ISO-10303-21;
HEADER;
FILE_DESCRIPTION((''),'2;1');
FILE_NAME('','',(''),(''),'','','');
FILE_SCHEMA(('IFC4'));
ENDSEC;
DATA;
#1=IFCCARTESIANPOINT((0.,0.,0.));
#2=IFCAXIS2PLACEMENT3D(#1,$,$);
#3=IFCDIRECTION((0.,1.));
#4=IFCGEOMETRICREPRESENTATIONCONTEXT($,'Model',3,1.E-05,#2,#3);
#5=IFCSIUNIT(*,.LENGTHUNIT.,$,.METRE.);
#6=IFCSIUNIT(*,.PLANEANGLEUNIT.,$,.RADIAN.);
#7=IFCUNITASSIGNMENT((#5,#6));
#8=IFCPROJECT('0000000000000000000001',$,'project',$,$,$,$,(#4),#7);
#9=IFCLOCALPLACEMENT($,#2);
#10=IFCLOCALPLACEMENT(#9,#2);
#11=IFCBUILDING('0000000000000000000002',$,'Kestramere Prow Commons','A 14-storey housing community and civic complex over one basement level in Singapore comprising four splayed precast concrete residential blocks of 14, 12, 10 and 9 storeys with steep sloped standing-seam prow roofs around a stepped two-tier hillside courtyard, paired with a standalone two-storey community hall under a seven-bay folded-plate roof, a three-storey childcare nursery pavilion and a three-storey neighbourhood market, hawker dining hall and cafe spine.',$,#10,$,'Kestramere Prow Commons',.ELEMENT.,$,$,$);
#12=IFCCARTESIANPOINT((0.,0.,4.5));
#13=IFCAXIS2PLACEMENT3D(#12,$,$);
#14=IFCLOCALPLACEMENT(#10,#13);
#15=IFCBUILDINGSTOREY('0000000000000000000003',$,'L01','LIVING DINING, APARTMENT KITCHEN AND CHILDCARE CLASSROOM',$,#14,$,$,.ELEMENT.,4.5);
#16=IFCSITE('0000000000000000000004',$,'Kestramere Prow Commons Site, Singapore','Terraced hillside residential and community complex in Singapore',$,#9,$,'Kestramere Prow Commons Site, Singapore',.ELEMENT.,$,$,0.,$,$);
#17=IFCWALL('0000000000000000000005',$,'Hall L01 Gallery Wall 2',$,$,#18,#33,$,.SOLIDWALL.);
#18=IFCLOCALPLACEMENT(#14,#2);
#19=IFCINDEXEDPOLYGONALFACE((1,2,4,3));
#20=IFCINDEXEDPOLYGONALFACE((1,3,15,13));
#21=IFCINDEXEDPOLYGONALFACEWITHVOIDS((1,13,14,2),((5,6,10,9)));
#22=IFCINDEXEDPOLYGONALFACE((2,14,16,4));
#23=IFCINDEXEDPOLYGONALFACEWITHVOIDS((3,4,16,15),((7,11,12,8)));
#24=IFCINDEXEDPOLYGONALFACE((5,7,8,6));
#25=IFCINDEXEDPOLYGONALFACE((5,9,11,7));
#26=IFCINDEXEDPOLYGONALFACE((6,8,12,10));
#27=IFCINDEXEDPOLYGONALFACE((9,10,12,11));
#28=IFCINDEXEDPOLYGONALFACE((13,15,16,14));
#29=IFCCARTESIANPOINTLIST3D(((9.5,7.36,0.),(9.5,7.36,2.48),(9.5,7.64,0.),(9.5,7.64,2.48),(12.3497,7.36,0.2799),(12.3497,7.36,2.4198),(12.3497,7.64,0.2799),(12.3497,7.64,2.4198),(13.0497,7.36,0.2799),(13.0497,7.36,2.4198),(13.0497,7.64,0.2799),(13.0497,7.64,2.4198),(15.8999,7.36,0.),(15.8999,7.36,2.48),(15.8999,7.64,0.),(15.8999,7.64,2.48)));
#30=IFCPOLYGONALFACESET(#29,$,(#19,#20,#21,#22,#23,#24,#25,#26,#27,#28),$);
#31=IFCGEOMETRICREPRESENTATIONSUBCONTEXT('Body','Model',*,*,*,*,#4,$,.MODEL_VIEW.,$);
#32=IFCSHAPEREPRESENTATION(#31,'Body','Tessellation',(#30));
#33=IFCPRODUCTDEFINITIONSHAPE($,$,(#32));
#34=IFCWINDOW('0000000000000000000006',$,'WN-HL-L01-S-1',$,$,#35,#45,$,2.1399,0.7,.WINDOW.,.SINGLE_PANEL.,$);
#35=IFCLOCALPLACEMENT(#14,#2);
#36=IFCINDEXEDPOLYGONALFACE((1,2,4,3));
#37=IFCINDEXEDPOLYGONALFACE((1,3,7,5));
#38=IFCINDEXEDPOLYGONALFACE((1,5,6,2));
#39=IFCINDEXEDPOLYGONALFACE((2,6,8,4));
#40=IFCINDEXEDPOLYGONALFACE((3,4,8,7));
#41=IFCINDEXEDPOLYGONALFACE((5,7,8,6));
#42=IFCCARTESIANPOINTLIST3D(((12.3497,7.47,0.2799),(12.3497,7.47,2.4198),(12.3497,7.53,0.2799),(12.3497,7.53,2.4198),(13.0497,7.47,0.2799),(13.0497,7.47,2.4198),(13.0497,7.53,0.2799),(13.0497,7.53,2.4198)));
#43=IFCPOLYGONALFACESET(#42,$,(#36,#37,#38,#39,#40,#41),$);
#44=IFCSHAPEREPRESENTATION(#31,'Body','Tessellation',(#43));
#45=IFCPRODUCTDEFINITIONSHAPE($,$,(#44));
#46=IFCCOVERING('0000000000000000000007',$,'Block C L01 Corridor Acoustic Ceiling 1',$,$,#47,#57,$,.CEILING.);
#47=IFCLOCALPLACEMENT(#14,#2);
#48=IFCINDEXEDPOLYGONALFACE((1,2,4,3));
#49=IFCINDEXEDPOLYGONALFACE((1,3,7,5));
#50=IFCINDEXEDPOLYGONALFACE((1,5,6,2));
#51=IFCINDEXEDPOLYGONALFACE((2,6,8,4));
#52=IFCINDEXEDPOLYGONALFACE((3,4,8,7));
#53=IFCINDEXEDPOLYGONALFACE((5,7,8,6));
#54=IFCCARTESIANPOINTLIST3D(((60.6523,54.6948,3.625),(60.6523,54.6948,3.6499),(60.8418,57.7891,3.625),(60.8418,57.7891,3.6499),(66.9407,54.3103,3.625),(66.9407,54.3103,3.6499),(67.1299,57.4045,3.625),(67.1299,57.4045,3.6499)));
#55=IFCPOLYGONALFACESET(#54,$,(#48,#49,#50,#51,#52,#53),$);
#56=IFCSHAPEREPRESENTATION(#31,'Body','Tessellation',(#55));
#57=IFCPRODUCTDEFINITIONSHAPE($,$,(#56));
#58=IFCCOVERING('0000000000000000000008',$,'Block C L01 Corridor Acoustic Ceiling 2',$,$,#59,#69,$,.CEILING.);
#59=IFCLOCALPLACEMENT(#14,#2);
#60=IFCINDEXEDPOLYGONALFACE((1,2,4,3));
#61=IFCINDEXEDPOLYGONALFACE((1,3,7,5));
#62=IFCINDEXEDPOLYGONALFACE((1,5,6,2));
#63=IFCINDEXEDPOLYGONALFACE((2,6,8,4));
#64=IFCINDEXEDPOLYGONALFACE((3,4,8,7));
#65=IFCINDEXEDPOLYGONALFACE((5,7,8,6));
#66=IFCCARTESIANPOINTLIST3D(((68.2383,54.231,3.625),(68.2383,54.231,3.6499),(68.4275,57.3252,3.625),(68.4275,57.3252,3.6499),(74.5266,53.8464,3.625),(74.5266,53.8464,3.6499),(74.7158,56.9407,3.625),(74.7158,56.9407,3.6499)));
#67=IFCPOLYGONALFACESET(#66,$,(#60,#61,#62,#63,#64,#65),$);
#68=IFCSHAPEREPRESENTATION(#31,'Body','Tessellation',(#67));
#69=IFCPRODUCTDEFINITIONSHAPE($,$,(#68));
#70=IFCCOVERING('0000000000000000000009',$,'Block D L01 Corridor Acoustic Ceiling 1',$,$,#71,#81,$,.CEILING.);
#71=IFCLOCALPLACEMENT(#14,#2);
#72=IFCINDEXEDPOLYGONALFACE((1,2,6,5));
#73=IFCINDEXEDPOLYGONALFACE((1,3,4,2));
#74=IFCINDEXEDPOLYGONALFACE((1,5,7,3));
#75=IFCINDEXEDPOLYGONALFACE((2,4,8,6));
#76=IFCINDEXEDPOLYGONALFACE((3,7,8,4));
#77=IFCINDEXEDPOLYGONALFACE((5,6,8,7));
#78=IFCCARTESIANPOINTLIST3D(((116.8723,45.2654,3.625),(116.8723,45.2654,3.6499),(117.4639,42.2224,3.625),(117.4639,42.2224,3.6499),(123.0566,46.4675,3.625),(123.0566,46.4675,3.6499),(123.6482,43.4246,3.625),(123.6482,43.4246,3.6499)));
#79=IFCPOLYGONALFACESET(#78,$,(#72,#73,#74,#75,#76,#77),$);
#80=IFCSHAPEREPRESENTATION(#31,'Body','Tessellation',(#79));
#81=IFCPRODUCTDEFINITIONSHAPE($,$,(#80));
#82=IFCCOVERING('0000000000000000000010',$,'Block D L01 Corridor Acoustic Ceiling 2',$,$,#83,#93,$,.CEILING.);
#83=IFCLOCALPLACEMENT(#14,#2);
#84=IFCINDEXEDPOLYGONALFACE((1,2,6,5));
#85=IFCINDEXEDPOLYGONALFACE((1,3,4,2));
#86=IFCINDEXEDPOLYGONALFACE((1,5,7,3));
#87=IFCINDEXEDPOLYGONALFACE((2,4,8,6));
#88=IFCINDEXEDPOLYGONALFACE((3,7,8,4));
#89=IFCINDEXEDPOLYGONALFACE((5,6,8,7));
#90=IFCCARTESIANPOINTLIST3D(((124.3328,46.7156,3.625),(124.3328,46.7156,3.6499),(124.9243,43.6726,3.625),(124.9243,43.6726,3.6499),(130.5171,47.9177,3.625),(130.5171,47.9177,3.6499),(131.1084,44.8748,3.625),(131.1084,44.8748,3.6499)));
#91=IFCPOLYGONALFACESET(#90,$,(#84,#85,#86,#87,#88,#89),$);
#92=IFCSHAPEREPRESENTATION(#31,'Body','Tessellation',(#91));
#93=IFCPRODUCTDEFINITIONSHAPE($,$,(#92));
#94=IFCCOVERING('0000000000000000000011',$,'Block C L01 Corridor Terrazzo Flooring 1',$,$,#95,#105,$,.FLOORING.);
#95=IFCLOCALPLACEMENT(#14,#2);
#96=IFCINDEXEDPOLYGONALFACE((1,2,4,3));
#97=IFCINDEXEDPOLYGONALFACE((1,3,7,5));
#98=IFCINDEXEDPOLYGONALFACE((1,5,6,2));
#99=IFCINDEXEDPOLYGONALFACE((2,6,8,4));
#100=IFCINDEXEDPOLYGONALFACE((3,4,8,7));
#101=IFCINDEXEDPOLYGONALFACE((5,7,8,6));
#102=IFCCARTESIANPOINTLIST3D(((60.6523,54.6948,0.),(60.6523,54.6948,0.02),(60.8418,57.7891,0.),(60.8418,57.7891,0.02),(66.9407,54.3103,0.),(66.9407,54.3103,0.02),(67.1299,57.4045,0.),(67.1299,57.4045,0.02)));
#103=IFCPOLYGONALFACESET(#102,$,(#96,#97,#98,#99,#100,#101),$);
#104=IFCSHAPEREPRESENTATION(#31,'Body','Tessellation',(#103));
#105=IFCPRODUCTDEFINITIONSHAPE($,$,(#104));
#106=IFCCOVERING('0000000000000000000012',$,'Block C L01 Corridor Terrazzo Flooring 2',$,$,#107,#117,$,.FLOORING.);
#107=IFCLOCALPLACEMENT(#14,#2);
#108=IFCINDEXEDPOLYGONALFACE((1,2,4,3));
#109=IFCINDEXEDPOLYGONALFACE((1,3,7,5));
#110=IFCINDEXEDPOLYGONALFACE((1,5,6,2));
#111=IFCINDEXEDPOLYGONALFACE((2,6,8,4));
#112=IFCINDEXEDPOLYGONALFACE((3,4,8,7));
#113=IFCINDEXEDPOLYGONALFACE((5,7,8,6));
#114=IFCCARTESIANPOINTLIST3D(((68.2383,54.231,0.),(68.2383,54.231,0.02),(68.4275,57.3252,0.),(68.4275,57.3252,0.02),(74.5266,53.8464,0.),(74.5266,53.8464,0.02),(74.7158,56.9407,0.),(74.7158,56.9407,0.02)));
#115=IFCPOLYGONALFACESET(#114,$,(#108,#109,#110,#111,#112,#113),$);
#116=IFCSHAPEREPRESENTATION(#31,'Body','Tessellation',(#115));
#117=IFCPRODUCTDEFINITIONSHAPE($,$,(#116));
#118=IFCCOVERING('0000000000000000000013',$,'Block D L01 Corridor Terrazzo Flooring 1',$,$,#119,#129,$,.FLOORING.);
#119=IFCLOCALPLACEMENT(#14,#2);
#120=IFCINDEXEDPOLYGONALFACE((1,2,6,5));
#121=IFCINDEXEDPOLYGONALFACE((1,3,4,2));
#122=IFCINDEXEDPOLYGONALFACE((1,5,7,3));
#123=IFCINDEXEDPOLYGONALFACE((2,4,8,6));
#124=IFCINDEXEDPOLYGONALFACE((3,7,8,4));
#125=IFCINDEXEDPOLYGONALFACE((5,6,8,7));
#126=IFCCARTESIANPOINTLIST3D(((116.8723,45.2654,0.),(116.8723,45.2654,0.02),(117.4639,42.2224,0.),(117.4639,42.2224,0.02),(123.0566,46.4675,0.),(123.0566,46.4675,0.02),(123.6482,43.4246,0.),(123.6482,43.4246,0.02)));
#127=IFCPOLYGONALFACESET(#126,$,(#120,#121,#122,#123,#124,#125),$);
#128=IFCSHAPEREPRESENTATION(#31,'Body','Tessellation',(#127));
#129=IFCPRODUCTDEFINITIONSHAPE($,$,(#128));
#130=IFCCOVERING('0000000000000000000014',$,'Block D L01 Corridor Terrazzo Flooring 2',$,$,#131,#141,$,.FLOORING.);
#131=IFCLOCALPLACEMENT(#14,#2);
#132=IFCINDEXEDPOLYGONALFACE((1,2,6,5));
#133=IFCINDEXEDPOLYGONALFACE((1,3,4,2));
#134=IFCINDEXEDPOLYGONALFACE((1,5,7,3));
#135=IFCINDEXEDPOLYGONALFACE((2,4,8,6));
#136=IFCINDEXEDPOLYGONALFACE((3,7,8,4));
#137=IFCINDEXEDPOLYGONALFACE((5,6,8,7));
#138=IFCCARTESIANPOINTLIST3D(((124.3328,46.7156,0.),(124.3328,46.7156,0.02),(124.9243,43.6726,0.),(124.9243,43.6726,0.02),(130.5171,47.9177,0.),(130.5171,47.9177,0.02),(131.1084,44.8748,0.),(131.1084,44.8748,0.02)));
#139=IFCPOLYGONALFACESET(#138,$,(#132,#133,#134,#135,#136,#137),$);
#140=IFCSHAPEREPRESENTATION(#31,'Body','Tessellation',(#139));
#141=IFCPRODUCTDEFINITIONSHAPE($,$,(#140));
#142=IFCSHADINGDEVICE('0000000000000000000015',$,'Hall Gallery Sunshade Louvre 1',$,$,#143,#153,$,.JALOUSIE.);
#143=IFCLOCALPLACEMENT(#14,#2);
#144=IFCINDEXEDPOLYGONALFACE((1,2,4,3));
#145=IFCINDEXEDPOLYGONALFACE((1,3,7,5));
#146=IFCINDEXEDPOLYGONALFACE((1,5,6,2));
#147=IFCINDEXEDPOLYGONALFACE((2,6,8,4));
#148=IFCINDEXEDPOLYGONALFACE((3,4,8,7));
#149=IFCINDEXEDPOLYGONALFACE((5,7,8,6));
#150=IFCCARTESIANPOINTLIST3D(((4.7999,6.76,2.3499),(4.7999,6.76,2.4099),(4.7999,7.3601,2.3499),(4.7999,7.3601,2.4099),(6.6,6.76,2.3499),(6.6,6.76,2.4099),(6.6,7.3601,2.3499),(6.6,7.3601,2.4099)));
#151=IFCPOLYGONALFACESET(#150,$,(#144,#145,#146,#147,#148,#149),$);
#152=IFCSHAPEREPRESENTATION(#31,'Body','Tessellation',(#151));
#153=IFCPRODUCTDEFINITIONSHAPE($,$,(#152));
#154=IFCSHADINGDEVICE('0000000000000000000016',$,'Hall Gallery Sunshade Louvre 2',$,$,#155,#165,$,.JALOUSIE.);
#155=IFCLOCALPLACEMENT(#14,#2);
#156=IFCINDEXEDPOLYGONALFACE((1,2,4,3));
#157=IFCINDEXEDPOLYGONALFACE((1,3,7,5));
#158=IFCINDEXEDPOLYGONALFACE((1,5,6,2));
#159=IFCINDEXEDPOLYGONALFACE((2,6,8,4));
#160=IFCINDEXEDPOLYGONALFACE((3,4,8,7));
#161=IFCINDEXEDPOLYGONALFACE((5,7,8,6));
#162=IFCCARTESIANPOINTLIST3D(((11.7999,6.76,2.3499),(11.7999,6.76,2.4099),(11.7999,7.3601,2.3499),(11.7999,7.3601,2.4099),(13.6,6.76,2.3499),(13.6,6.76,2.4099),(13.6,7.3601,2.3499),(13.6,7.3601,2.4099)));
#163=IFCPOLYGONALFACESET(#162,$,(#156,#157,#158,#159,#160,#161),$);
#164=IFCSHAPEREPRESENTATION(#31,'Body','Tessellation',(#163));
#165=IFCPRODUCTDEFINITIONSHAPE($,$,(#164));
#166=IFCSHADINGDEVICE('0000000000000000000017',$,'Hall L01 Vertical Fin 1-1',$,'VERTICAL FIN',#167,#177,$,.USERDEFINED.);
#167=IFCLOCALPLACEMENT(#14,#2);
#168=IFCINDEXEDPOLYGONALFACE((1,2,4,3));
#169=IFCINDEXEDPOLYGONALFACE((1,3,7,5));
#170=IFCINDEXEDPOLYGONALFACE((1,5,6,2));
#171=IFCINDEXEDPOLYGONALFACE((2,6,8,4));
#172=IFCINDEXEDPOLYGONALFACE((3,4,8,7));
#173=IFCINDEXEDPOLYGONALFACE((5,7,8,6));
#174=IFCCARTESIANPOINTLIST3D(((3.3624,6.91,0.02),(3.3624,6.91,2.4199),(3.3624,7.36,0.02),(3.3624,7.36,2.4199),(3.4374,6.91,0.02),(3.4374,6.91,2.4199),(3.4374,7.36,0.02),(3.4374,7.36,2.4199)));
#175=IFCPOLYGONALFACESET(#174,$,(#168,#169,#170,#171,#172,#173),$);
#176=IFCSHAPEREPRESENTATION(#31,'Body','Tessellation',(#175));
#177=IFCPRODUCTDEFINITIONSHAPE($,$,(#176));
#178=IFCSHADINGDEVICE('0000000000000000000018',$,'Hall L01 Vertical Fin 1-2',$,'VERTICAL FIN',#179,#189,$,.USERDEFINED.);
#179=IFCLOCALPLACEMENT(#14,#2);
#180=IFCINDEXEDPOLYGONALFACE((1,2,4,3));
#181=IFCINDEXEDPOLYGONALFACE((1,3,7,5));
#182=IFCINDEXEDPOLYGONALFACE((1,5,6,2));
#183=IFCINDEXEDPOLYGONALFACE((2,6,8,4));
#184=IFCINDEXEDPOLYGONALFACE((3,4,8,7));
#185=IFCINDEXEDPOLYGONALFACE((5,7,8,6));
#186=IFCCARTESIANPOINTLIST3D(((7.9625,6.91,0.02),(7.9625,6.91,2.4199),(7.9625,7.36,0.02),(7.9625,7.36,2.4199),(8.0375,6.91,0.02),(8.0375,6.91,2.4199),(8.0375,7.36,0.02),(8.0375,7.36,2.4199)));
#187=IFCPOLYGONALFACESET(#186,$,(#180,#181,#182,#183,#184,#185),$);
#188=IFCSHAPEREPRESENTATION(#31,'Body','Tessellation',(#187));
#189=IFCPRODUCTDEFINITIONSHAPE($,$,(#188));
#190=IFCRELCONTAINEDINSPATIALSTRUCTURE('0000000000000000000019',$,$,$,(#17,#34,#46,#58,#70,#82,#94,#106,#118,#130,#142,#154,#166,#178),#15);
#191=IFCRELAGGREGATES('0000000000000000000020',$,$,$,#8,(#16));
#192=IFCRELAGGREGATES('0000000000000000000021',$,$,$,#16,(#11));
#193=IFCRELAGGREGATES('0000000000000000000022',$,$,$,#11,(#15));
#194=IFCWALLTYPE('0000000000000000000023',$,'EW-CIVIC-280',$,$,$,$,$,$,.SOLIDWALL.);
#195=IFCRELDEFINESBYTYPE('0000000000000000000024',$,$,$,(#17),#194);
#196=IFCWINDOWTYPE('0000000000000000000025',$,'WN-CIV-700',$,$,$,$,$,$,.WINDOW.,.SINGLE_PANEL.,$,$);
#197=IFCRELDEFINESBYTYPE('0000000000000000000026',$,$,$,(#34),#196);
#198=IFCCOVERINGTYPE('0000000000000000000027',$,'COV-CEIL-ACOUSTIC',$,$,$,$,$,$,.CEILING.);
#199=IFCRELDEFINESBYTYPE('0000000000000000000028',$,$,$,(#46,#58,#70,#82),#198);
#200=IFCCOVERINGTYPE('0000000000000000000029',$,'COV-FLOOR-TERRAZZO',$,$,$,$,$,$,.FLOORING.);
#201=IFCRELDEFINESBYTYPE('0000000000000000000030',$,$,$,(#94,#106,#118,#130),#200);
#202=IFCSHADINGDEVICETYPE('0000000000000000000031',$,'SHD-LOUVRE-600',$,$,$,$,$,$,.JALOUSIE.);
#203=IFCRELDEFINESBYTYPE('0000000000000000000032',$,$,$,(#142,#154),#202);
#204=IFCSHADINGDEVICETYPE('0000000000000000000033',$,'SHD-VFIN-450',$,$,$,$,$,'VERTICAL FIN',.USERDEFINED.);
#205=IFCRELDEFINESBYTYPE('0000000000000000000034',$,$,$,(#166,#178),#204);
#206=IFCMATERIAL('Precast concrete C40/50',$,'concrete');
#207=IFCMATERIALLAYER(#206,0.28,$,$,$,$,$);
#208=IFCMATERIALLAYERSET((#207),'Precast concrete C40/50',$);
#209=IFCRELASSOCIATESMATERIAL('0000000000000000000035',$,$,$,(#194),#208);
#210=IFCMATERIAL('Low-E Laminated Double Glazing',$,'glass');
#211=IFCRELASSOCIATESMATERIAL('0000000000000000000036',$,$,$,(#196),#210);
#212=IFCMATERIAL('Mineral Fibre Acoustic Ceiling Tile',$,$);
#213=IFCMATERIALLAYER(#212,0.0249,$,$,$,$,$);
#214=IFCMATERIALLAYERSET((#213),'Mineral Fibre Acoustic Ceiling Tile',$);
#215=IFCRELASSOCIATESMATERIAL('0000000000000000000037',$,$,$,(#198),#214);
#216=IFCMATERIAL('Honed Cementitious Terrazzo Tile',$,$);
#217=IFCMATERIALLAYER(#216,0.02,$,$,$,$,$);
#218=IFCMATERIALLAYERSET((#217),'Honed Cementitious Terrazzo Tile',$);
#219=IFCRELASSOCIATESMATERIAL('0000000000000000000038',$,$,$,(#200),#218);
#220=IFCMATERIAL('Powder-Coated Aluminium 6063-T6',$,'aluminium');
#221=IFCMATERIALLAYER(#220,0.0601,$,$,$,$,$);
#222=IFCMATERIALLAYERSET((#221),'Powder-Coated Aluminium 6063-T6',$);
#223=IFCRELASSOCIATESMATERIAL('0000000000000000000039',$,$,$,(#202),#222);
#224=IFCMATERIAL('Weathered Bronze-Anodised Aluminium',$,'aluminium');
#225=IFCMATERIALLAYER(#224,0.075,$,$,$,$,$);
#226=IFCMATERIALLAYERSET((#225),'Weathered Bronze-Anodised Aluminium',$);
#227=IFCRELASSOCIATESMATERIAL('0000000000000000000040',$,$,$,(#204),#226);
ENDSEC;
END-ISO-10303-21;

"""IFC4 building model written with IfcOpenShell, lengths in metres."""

from ifc_helpers import new_model, si_unit, direction, frame, frame_2d, origin, origin_2d, place, context, subcontext, project, spatial, polyline, rectangle, outline, extrude, material, layer, layer_set, type_object, element, fill, save


model = new_model("IFC4")

# Units and contexts
model_context = context("Model", 3, precision=1e-05, world=origin(), true_north=direction((0.0, 1.0)))
body_context = subcontext(model_context, "Body", "Model", "MODEL_VIEW")
ifc_project = project(units=[si_unit("LENGTHUNIT", "METRE"), si_unit("PLANEANGLEUNIT", "RADIAN")], contexts=[model_context])

# Site, building, storey
site_placement = place(None, origin())
site = spatial("IfcSite", under=ifc_project, at=site_placement, Name="Kestramere Prow Commons Site, Singapore", Description="Terraced hillside residential and community complex in Singapore", LongName="Kestramere Prow Commons Site, Singapore", CompositionType="ELEMENT", RefElevation=0.0)
building_placement = place(site_placement, origin())
building = spatial("IfcBuilding", under=site, at=building_placement, Name="Kestramere Prow Commons", Description="A 14-storey housing community and civic complex over one basement level in Singapore comprising four splayed precast concrete residential blocks of 14, 12, 10 and 9 storeys with steep sloped standing-seam prow roofs around a stepped two-tier hillside courtyard, paired with a standalone two-storey community hall under a seven-bay folded-plate roof, a three-storey childcare nursery pavilion and a three-storey neighbourhood market, hawker dining hall and cafe spine.", LongName="Kestramere Prow Commons", CompositionType="ELEMENT")
storey_placement = place(building_placement, frame((0.0, 0.0, 4.5)))
storey = spatial("IfcBuildingStorey", under=building, at=storey_placement, Name="L01", Description="LIVING DINING, APARTMENT KITCHEN AND CHILDCARE CLASSROOM", CompositionType="ELEMENT", Elevation=4.5)

# Shared definitions
ifc_material_1 = material(Name="Precast concrete C40/50", Category="concrete")

# Wall, opening, window
ifc_layer_1 = layer(ifc_material_1, 0.28)
ifc_layer_set_1 = layer_set([ifc_layer_1], Name="Precast concrete C40/50")
wall_type = type_object("IfcWallType", Name="EW-CIVIC-280", PredefinedType="SOLIDWALL", material=ifc_layer_set_1)
ifc_material_2 = material(Name="Low-E Laminated Double Glazing", Category="glass")
window_type = type_object("IfcWindowType", Name="WN-CIV-700", PartitioningType="SINGLE_PANEL", PredefinedType="WINDOW", material=ifc_material_2)
wall_1_placement = place(storey_placement, frame((15.8999, 7.5, 0.0), z_axis=(0.0, 0.0, 1.0), x_axis=(-1.0, 0.0, 0.0)))
wall_1 = element("IfcWall", 1, at=wall_1_placement, inside=storey, type_object=wall_type, Name="Hall L01 Gallery Wall 2", PredefinedType="SOLIDWALL", context=body_context, shape_type="SweptSolid", body=[
    extrude(rectangle(XDim=6.3999, YDim=0.28, at=frame_2d((3.2, 0.0))), origin(), (0.0, 0.0, 1.0), 2.48),
])
opening_1_placement = place(wall_1_placement, frame((2.8501, 0.0, 0.28)))
opening_1 = element("IfcOpeningElement", 2, at=opening_1_placement, cuts=wall_1, PredefinedType="OPENING", context=body_context, shape_type="SweptSolid", body=[
    extrude(rectangle(XDim=0.7, YDim=2.1399, at=frame_2d((0.3501, 1.0698))), frame((0.0, 0.155, 0.0), z_axis=(0.0, -1.0, 0.0), x_axis=(1.0, 0.0, 0.0)), (0.0, 0.0, 1.0), 0.3101),
])
window_1_placement = place(opening_1_placement, origin())
window_1 = element("IfcWindow", 3, at=window_1_placement, inside=storey, type_object=window_type, Name="WN-HL-L01-S-1", OverallHeight=2.1399, OverallWidth=0.7, PartitioningType="SINGLE_PANEL", PredefinedType="WINDOW", context=body_context, shape_type="SweptSolid", body=[
    extrude(rectangle(XDim=0.7, YDim=2.1399, at=frame_2d((0.3501, 1.0698))), frame((0.0, 0.03, 0.0), z_axis=(0.0, -1.0, 0.0), x_axis=(1.0, 0.0, 0.0)), (0.0, 0.0, 1.0), 0.0601),
])
fill(opening_1, window_1)

# Coverings
ifc_material_3 = material(Name="Mineral Fibre Acoustic Ceiling Tile")
ifc_layer_2 = layer(ifc_material_3, 0.0249)
ifc_layer_set_2 = layer_set([ifc_layer_2], Name="Mineral Fibre Acoustic Ceiling Tile")
covering_type_1 = type_object("IfcCoveringType", Name="COV-CEIL-ACOUSTIC", PredefinedType="CEILING", material=ifc_layer_set_2)
covering_1_placement = place(storey_placement, frame((0.0, 0.0, 3.625)))
element("IfcCovering", 4, at=covering_1_placement, inside=storey, type_object=covering_type_1, Name="Block C L01 Corridor Acoustic Ceiling 1", PredefinedType="CEILING", context=body_context, shape_type="SweptSolid", body=[
    extrude(outline(polyline([(60.6523, 54.6948), (66.9407, 54.3103), (67.1299, 57.4045), (60.8418, 57.7891), (60.6523, 54.6948)])), origin(), (0.0, 0.0, 1.0), 0.0249),
])
covering_2_placement = place(storey_placement, frame((0.0, 0.0, 3.625)))
element("IfcCovering", 5, at=covering_2_placement, inside=storey, type_object=covering_type_1, Name="Block C L01 Corridor Acoustic Ceiling 2", PredefinedType="CEILING", context=body_context, shape_type="SweptSolid", body=[
    extrude(outline(polyline([(68.2383, 54.231), (74.5266, 53.8464), (74.7158, 56.9407), (68.4275, 57.3252), (68.2383, 54.231)])), origin(), (0.0, 0.0, 1.0), 0.0249),
])
covering_3_placement = place(storey_placement, frame((0.0, 0.0, 3.625)))
element("IfcCovering", 6, at=covering_3_placement, inside=storey, type_object=covering_type_1, Name="Block D L01 Corridor Acoustic Ceiling 1", PredefinedType="CEILING", context=body_context, shape_type="SweptSolid", body=[
    extrude(outline(polyline([(117.4639, 42.2224), (123.6482, 43.4246), (123.0566, 46.4675), (116.8723, 45.2654), (117.4639, 42.2224)])), origin(), (0.0, 0.0, 1.0), 0.0249),
])
covering_4_placement = place(storey_placement, frame((0.0, 0.0, 3.625)))
element("IfcCovering", 7, at=covering_4_placement, inside=storey, type_object=covering_type_1, Name="Block D L01 Corridor Acoustic Ceiling 2", PredefinedType="CEILING", context=body_context, shape_type="SweptSolid", body=[
    extrude(outline(polyline([(124.9243, 43.6726), (131.1084, 44.8748), (130.5171, 47.9177), (124.3328, 46.7156), (124.9243, 43.6726)])), origin(), (0.0, 0.0, 1.0), 0.0249),
])
ifc_material_4 = material(Name="Honed Cementitious Terrazzo Tile")
ifc_layer_3 = layer(ifc_material_4, 0.02)
ifc_layer_set_3 = layer_set([ifc_layer_3], Name="Honed Cementitious Terrazzo Tile")
covering_type_2 = type_object("IfcCoveringType", Name="COV-FLOOR-TERRAZZO", PredefinedType="FLOORING", material=ifc_layer_set_3)
covering_5_placement = place(storey_placement, origin())
element("IfcCovering", 8, at=covering_5_placement, inside=storey, type_object=covering_type_2, Name="Block C L01 Corridor Terrazzo Flooring 1", PredefinedType="FLOORING", context=body_context, shape_type="SweptSolid", body=[
    extrude(outline(polyline([(60.6523, 54.6948), (66.9407, 54.3103), (67.1299, 57.4045), (60.8418, 57.7891), (60.6523, 54.6948)])), origin(), (0.0, 0.0, 1.0), 0.02),
])
covering_6_placement = place(storey_placement, origin())
element("IfcCovering", 9, at=covering_6_placement, inside=storey, type_object=covering_type_2, Name="Block C L01 Corridor Terrazzo Flooring 2", PredefinedType="FLOORING", context=body_context, shape_type="SweptSolid", body=[
    extrude(outline(polyline([(68.2383, 54.231), (74.5266, 53.8464), (74.7158, 56.9407), (68.4275, 57.3252), (68.2383, 54.231)])), origin(), (0.0, 0.0, 1.0), 0.02),
])
covering_7_placement = place(storey_placement, origin())
element("IfcCovering", 10, at=covering_7_placement, inside=storey, type_object=covering_type_2, Name="Block D L01 Corridor Terrazzo Flooring 1", PredefinedType="FLOORING", context=body_context, shape_type="SweptSolid", body=[
    extrude(outline(polyline([(117.4639, 42.2224), (123.6482, 43.4246), (123.0566, 46.4675), (116.8723, 45.2654), (117.4639, 42.2224)])), origin(), (0.0, 0.0, 1.0), 0.02),
])
covering_8_placement = place(storey_placement, origin())
element("IfcCovering", 11, at=covering_8_placement, inside=storey, type_object=covering_type_2, Name="Block D L01 Corridor Terrazzo Flooring 2", PredefinedType="FLOORING", context=body_context, shape_type="SweptSolid", body=[
    extrude(outline(polyline([(124.9243, 43.6726), (131.1084, 44.8748), (130.5171, 47.9177), (124.3328, 46.7156), (124.9243, 43.6726)])), origin(), (0.0, 0.0, 1.0), 0.02),
])

# Shading devices
ifc_material_5 = material(Name="Powder-Coated Aluminium 6063-T6", Category="aluminium")
ifc_layer_4 = layer(ifc_material_5, 0.0601)
ifc_layer_set_4 = layer_set([ifc_layer_4], Name="Powder-Coated Aluminium 6063-T6")
shading_device_type_1 = type_object("IfcShadingDeviceType", Name="SHD-LOUVRE-600", PredefinedType="JALOUSIE", material=ifc_layer_set_4)
for number, where, z_axis, x_axis, name in (
    (12, (5.7, 7.0601, 2.3499), (0.0, 0.0, 1.0), (1.0, 0.0, 0.0), "Hall Gallery Sunshade Louvre 1"),
    (13, (12.7, 7.0601, 2.3499), (0.0, 0.0, 1.0), (1.0, 0.0, 0.0), "Hall Gallery Sunshade Louvre 2"),
):
    element("IfcShadingDevice", number, at=place(storey_placement, frame(where, z_axis=z_axis, x_axis=x_axis)), inside=storey, type_object=shading_device_type_1, Name=name, PredefinedType="JALOUSIE", context=body_context, shape_type="SweptSolid", body=[
        extrude(rectangle(XDim=1.8, YDim=0.6001, at=origin_2d()), origin(), (0.0, 0.0, 1.0), 0.0601),
    ])
ifc_material_6 = material(Name="Weathered Bronze-Anodised Aluminium", Category="aluminium")
ifc_layer_5 = layer(ifc_material_6, 0.075)
ifc_layer_set_5 = layer_set([ifc_layer_5], Name="Weathered Bronze-Anodised Aluminium")
shading_device_type_2 = type_object("IfcShadingDeviceType", Name="SHD-VFIN-450", ElementType="VERTICAL FIN", PredefinedType="USERDEFINED", material=ifc_layer_set_5)
for number, where, z_axis, x_axis, name in (
    (14, (3.3999, 7.135, 0.02), (0.0, 0.0, 1.0), (1.0, 0.0, 0.0), "Hall L01 Vertical Fin 1-1"),
    (15, (8.0, 7.135, 0.02), (0.0, 0.0, 1.0), (1.0, 0.0, 0.0), "Hall L01 Vertical Fin 1-2"),
):
    element("IfcShadingDevice", number, at=place(storey_placement, frame(where, z_axis=z_axis, x_axis=x_axis)), inside=storey, type_object=shading_device_type_2, Name=name, ObjectType="VERTICAL FIN", PredefinedType="USERDEFINED", context=body_context, shape_type="SweptSolid", body=[
        extrude(rectangle(XDim=0.075, YDim=0.45, at=origin_2d()), origin(), (0.0, 0.0, 1.0), 2.3999),
    ])

save(model, "model.ifc")
